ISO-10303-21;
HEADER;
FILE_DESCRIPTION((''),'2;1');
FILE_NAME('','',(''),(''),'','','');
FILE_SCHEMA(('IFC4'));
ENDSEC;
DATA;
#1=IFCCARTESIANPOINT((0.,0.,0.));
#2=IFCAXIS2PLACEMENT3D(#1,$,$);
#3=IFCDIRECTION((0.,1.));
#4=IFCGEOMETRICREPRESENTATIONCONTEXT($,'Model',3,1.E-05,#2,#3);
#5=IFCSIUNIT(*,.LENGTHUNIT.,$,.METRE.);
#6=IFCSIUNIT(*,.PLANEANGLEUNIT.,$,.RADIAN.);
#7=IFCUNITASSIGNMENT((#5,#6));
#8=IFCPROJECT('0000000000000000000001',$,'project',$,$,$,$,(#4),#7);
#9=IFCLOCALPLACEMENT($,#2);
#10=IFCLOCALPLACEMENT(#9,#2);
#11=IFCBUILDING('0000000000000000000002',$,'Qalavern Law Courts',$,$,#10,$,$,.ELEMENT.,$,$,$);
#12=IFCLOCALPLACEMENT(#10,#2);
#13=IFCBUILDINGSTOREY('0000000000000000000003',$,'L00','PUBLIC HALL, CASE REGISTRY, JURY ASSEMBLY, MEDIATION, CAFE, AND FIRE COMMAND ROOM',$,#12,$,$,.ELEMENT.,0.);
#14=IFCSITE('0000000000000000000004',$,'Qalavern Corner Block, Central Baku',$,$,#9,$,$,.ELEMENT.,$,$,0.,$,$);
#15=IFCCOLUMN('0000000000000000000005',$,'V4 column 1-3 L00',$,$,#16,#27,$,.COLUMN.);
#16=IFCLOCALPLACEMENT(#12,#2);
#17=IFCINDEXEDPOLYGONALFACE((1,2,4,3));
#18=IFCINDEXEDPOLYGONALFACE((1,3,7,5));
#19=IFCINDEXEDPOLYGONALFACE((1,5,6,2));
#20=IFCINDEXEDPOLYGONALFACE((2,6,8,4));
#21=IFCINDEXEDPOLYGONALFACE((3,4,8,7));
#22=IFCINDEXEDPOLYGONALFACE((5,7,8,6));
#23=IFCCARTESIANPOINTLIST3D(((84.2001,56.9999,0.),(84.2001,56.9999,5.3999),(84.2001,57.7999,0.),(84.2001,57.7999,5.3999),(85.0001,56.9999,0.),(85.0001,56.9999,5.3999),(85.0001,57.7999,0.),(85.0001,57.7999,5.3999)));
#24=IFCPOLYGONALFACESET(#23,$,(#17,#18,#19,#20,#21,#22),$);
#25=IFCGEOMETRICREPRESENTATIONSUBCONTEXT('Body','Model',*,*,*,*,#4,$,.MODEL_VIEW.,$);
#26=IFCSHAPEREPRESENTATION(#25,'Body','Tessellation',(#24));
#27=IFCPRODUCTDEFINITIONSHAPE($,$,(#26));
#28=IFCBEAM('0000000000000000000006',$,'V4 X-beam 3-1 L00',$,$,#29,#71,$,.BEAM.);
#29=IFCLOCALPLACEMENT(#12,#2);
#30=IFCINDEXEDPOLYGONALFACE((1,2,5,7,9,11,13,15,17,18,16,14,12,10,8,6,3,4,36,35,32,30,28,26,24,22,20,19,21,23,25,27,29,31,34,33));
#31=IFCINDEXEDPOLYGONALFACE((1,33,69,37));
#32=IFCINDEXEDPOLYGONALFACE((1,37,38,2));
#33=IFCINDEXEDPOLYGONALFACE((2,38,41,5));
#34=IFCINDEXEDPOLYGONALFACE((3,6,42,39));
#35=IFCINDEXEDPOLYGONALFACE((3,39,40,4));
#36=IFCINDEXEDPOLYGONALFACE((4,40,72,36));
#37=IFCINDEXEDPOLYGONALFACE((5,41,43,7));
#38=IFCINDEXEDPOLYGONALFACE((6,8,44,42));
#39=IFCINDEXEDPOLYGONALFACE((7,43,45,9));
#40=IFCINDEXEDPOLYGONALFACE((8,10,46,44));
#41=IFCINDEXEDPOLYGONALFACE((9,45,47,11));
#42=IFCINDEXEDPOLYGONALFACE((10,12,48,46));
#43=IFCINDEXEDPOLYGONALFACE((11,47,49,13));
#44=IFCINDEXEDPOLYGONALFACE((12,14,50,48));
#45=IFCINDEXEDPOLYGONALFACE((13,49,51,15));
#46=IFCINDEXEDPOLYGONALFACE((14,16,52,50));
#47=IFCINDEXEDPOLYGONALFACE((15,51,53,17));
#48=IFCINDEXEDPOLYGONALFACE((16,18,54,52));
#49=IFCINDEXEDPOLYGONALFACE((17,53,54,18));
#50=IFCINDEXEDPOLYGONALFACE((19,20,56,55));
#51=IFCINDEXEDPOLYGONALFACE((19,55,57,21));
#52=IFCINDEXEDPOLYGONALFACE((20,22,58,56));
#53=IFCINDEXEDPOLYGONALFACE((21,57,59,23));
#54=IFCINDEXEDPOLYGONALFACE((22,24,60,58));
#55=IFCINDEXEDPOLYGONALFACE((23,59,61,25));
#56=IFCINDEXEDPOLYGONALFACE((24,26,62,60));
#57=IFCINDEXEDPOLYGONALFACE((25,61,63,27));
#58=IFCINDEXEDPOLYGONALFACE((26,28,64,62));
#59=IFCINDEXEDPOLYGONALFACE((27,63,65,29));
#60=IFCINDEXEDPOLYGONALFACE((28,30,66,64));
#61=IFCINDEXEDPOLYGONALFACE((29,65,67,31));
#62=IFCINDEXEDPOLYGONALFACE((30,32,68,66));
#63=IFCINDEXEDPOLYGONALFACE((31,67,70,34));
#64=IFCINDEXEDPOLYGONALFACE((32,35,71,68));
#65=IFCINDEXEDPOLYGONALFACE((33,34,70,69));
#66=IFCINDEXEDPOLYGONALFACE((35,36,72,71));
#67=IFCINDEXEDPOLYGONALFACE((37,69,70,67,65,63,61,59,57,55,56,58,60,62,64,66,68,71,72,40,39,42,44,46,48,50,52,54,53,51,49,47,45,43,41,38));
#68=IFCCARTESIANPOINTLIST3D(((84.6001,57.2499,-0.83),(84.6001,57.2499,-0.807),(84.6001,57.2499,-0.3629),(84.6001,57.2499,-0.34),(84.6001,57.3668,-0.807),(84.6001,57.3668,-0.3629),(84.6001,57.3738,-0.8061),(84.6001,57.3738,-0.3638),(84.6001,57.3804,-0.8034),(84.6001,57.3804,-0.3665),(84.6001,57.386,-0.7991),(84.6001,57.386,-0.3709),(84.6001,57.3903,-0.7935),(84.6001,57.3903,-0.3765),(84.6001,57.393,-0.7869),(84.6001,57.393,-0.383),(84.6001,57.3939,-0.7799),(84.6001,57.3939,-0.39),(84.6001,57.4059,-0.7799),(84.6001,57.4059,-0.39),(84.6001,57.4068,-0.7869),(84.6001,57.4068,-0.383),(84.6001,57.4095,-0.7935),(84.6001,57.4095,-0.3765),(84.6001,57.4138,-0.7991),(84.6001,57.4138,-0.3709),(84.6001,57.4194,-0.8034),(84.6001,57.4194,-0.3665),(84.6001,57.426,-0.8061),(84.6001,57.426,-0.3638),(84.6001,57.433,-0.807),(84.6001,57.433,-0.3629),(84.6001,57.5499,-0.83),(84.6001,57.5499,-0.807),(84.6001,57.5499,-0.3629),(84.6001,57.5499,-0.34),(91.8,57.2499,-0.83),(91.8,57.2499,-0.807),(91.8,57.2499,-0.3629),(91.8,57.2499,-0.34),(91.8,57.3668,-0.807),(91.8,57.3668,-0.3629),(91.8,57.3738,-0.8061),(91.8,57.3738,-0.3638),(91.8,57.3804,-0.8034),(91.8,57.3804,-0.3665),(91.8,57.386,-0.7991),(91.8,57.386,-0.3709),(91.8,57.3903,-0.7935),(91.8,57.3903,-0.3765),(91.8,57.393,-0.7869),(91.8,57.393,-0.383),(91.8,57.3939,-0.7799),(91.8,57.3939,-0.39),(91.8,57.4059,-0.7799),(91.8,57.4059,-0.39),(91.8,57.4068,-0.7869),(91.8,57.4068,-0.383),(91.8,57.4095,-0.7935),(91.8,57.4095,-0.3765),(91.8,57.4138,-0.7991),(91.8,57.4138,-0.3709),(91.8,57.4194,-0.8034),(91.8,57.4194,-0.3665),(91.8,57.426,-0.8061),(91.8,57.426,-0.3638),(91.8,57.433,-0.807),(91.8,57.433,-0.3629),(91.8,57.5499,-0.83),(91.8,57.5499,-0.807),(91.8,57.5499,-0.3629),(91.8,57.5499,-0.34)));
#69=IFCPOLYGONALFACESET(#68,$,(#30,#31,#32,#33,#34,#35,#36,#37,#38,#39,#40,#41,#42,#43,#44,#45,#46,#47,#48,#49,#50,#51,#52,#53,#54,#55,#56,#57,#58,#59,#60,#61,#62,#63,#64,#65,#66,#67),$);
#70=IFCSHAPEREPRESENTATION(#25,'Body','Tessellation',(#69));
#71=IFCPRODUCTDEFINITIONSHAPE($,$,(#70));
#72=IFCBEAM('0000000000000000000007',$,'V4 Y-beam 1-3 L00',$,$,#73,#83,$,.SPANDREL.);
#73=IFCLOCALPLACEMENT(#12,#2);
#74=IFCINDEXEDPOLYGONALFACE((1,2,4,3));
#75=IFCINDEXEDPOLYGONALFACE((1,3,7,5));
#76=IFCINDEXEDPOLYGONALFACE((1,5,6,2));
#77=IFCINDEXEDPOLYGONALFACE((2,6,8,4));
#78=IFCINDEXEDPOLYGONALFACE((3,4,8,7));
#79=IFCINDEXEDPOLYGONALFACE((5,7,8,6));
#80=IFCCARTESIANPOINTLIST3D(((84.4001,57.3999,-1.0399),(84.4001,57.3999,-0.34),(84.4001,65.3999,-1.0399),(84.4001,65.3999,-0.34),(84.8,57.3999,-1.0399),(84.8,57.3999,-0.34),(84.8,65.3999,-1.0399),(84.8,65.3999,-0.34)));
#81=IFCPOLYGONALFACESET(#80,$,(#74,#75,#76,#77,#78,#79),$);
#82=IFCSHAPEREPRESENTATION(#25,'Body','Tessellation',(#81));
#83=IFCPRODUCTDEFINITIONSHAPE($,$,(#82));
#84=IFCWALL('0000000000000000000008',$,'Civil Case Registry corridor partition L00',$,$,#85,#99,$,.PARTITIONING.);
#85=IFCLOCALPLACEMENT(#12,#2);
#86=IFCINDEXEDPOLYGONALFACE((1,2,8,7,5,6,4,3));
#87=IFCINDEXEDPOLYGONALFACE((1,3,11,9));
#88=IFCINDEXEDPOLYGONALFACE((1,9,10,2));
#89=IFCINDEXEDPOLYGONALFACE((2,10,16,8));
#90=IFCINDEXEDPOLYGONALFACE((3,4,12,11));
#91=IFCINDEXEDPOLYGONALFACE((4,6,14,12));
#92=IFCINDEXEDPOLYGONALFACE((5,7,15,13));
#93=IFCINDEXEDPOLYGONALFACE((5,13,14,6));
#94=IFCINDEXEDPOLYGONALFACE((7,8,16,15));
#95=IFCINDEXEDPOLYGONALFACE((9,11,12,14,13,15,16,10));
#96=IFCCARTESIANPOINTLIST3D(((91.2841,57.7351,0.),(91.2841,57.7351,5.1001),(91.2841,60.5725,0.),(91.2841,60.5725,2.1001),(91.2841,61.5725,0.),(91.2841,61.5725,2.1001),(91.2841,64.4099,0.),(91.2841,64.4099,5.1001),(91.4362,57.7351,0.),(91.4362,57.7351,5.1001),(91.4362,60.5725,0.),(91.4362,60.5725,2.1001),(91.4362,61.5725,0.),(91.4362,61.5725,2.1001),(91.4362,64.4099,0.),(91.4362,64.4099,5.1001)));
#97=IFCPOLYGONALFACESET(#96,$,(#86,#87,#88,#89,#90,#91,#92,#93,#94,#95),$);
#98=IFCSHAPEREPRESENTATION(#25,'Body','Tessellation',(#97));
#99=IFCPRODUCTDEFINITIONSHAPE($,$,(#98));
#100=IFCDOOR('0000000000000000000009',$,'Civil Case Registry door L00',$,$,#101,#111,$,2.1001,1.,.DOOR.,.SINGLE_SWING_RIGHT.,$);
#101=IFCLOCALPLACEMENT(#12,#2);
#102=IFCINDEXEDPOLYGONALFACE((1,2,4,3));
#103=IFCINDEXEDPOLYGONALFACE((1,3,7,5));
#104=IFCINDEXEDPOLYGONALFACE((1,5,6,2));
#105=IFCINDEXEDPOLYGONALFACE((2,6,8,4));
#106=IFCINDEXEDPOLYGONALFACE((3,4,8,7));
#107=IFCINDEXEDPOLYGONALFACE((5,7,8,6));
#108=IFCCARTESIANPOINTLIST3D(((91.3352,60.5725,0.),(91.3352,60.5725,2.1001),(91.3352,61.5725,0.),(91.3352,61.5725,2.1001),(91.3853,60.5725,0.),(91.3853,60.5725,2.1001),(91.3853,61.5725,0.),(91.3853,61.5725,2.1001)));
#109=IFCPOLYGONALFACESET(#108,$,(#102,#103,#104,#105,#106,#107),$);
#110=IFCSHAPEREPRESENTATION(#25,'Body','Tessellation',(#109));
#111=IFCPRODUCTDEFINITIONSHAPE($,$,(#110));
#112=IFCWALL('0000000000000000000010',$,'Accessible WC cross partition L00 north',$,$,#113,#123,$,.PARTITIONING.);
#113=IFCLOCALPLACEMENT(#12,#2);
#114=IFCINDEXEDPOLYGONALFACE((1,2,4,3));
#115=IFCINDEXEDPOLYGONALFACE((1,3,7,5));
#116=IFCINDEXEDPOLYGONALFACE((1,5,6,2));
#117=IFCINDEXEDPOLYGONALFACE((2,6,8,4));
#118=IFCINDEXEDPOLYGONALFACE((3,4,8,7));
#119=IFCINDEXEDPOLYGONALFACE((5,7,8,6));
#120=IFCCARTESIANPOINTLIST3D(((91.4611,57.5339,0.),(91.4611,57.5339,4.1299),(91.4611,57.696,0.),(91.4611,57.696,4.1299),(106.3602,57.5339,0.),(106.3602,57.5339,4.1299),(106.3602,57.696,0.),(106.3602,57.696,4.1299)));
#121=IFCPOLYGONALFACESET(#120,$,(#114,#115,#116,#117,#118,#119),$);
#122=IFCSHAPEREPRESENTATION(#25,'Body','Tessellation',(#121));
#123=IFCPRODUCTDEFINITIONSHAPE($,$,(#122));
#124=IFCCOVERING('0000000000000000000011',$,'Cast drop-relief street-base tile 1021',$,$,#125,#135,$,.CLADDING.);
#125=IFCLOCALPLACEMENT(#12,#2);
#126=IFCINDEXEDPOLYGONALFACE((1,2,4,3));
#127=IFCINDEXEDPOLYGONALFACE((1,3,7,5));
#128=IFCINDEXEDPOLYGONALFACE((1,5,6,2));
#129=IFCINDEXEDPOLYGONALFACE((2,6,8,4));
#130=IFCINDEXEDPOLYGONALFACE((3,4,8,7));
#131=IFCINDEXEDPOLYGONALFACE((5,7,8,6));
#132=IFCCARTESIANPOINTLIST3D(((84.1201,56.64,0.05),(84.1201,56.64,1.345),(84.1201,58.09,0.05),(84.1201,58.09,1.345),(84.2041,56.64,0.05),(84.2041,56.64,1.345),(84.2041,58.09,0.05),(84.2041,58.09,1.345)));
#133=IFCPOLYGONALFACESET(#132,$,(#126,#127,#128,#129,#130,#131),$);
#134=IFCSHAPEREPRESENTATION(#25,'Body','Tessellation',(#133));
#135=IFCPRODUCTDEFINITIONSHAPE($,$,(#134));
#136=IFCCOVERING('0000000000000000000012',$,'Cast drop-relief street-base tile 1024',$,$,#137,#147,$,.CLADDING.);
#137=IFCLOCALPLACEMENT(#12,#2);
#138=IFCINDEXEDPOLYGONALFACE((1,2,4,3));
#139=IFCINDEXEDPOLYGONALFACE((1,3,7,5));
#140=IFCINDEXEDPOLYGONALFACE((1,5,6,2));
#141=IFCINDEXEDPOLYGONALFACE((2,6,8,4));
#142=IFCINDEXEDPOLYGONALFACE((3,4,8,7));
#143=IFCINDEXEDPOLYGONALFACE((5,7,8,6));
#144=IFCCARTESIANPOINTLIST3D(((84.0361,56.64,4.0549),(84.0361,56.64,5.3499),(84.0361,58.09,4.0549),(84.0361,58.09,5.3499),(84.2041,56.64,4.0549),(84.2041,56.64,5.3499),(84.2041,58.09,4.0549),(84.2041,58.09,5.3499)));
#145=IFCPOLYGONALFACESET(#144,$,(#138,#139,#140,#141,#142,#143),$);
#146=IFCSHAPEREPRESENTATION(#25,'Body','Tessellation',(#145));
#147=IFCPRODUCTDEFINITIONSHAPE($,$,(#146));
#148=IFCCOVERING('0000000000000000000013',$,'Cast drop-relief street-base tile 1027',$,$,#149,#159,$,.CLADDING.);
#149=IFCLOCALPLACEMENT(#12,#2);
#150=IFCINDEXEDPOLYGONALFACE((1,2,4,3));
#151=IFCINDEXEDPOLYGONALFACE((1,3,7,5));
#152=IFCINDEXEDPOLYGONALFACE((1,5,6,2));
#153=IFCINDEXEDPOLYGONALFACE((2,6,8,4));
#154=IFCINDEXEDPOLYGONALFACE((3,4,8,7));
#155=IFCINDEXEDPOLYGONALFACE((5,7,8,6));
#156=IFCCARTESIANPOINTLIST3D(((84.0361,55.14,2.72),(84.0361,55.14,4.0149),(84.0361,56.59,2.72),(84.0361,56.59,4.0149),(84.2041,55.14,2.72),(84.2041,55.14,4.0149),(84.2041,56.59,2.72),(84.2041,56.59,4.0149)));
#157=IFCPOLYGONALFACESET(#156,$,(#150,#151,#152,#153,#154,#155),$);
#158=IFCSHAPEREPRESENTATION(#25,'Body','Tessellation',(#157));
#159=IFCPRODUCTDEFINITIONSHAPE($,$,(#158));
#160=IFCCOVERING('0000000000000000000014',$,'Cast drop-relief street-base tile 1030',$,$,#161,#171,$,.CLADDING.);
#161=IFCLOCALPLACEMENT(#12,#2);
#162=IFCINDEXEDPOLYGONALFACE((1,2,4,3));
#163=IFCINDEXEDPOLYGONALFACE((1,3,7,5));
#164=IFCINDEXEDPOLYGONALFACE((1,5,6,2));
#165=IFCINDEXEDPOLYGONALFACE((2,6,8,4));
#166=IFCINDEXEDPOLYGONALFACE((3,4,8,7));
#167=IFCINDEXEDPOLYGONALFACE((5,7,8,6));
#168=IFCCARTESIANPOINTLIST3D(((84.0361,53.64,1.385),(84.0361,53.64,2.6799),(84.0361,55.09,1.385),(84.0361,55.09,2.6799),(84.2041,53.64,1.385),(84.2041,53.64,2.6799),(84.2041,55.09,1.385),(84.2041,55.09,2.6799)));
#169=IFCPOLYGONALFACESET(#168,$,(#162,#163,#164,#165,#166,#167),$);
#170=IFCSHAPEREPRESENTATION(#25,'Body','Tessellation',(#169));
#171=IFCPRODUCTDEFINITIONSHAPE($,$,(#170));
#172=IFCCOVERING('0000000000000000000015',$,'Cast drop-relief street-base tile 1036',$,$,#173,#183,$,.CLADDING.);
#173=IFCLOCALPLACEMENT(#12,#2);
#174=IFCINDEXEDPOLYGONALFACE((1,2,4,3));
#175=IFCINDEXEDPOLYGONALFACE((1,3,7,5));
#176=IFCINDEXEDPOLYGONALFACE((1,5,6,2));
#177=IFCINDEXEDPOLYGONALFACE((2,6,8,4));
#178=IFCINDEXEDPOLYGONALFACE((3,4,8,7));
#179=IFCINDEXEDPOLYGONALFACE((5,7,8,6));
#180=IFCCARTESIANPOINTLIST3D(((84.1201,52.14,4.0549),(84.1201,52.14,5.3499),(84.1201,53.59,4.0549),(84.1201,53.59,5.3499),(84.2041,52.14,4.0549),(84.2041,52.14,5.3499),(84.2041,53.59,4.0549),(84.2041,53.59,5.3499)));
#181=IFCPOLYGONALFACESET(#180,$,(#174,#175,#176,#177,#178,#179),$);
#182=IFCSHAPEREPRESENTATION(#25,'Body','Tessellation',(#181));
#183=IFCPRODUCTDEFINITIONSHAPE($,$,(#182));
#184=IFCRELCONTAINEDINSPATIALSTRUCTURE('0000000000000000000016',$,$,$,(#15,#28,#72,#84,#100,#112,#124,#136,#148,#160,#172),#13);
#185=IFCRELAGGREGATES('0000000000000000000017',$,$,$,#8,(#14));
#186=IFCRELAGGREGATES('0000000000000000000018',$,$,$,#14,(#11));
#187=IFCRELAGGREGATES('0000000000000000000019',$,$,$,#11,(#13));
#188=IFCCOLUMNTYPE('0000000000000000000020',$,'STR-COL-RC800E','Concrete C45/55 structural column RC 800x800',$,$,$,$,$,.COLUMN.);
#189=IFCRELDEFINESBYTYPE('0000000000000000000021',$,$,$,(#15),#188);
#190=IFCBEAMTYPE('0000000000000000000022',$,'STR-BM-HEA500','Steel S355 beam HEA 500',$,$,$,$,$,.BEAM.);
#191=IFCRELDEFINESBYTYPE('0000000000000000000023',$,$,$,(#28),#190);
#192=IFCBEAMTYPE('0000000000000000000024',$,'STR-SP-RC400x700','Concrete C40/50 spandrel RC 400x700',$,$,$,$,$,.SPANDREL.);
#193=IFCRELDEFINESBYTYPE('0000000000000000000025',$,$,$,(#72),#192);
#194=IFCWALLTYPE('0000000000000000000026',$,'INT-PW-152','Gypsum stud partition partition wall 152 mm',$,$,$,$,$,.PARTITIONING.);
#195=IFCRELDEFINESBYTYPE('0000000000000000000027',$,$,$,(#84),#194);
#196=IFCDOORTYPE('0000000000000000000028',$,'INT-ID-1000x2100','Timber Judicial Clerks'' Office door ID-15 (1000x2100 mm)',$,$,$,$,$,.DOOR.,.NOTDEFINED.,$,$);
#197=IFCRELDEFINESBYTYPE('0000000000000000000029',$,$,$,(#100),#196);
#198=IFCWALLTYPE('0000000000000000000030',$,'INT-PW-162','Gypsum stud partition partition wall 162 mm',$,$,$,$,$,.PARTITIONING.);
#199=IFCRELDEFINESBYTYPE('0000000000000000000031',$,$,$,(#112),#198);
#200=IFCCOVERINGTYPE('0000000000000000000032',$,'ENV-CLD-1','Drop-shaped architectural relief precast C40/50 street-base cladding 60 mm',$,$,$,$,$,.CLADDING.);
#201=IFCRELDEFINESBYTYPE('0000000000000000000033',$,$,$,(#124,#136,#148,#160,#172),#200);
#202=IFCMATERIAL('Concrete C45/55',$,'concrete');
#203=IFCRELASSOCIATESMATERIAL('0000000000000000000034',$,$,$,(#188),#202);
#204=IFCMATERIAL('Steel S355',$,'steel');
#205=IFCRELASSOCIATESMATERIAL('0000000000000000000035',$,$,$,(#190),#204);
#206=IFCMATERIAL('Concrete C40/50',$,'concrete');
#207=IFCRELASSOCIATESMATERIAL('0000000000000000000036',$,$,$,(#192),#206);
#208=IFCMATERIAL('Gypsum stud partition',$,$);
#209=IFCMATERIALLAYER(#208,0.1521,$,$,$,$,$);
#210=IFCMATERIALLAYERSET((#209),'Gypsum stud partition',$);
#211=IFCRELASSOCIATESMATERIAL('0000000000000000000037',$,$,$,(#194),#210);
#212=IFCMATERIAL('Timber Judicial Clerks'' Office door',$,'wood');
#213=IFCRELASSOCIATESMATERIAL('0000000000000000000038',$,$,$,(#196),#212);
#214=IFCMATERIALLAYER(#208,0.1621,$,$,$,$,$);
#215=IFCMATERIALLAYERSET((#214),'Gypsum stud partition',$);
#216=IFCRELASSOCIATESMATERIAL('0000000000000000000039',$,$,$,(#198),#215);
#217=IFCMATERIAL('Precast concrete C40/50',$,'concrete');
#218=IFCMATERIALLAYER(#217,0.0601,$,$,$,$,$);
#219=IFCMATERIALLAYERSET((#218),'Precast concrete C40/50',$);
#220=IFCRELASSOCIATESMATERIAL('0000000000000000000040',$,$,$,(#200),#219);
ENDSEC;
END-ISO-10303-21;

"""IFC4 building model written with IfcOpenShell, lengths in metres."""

from ifc_helpers import new_model, si_unit, direction, frame, frame_2d, origin, origin_2d, place, context, subcontext, project, spatial, rectangle, i_section, extrude, material, layer, layer_set, material_profile, profile_set, type_object, element, fill, save


model = new_model("IFC4")

# Units and contexts
model_context = context("Model", 3, precision=1e-05, world=origin(), true_north=direction((0.0, 1.0)))
body_context = subcontext(model_context, "Body", "Model", "MODEL_VIEW")
ifc_project = project(units=[si_unit("LENGTHUNIT", "METRE"), si_unit("PLANEANGLEUNIT", "RADIAN")], contexts=[model_context])

# Site, building, storey
site_placement = place(None, origin())
site = spatial("IfcSite", under=ifc_project, at=site_placement, Name="Qalavern Corner Block, Central Baku", CompositionType="ELEMENT", RefElevation=0.0)
building_placement = place(site_placement, origin())
building = spatial("IfcBuilding", under=site, at=building_placement, Name="Qalavern Law Courts", CompositionType="ELEMENT")
storey_placement = place(building_placement, origin())
storey = spatial("IfcBuildingStorey", under=building, at=storey_placement, Name="L00", Description="PUBLIC HALL, CASE REGISTRY, JURY ASSEMBLY, MEDIATION, CAFE, AND FIRE COMMAND ROOM", CompositionType="ELEMENT", Elevation=0.0)

# Column
ifc_material_1 = material(Name="Concrete C45/55", Category="concrete")
ifc_material_profile_1 = material_profile(ifc_material_1, rectangle(XDim=0.8, YDim=0.8, at=origin_2d()), Name="RC 800x800")
ifc_profile_set_1 = profile_set([ifc_material_profile_1], Name="Concrete C45/55")
column_type = type_object("IfcColumnType", Name="STR-COL-RC800E", Description="Concrete C45/55 structural column RC 800x800", PredefinedType="COLUMN", material=ifc_profile_set_1)
column_placement = place(storey_placement, frame((84.6001, 57.3999, 0.0), z_axis=(0.0, 0.0, 1.0), x_axis=(1.0, 0.0, 0.0)))
element("IfcColumn", 1, at=column_placement, inside=storey, type_object=column_type, Name="V4 column 1-3 L00", PredefinedType="COLUMN", context=body_context, shape_type="SweptSolid", body=[
    extrude(rectangle(XDim=0.8, YDim=0.8, at=origin_2d()), origin(), (0.0, 0.0, 1.0), 5.3999),
])

# Beams
ifc_material_2 = material(Name="Steel S355", Category="steel")
ifc_material_profile_2 = material_profile(ifc_material_2, i_section(OverallWidth=0.3, OverallDepth=0.49, WebThickness=0.012, FlangeThickness=0.0229, FilletRadius=0.0271, at=origin_2d()), Name="HEA 500")
ifc_profile_set_2 = profile_set([ifc_material_profile_2], Name="Steel S355")
beam_type_1 = type_object("IfcBeamType", Name="STR-BM-HEA500", Description="Steel S355 beam HEA 500", PredefinedType="BEAM", material=ifc_profile_set_2)
beam_1_placement = place(storey_placement, frame((84.6001, 57.3999, -0.585), z_axis=(1.0, 0.0, 0.0), x_axis=(0.0, 1.0, 0.0)))
element("IfcBeam", 2, at=beam_1_placement, inside=storey, type_object=beam_type_1, Name="V4 X-beam 3-1 L00", PredefinedType="BEAM", context=body_context, shape_type="SweptSolid", body=[
    extrude(i_section(OverallWidth=0.3, OverallDepth=0.49, WebThickness=0.012, FlangeThickness=0.0229, FilletRadius=0.0271, at=origin_2d()), origin(), (0.0, 0.0, 1.0), 7.2),
])
ifc_material_3 = material(Name="Concrete C40/50", Category="concrete")
ifc_material_profile_3 = material_profile(ifc_material_3, rectangle(XDim=0.3999, YDim=0.7, at=origin_2d()), Name="RC 400x700")
ifc_profile_set_3 = profile_set([ifc_material_profile_3], Name="Concrete C40/50")
beam_type_2 = type_object("IfcBeamType", Name="STR-SP-RC400x700", Description="Concrete C40/50 spandrel RC 400x700", PredefinedType="SPANDREL", material=ifc_profile_set_3)
beam_2_placement = place(storey_placement, frame((84.6001, 57.3999, -0.6899), z_axis=(0.0, 1.0, 0.0), x_axis=(-1.0, 0.0, 0.0)))
element("IfcBeam", 3, at=beam_2_placement, inside=storey, type_object=beam_type_2, Name="V4 Y-beam 1-3 L00", PredefinedType="SPANDREL", context=body_context, shape_type="SweptSolid", body=[
    extrude(rectangle(XDim=0.3999, YDim=0.7, at=origin_2d()), origin(), (0.0, 0.0, 1.0), 8.0),
])

# Wall, opening, door
ifc_material_4 = material(Name="Gypsum stud partition")
ifc_layer_1 = layer(ifc_material_4, 0.1521)
ifc_layer_set_1 = layer_set([ifc_layer_1], Name="Gypsum stud partition")
wall_type_1 = type_object("IfcWallType", Name="INT-PW-152", Description="Gypsum stud partition partition wall 152 mm", PredefinedType="PARTITIONING", material=ifc_layer_set_1)
wall_1_placement = place(storey_placement, frame((91.3601, 57.7351, 0.0), z_axis=(0.0, 0.0, 1.0), x_axis=(0.0, 1.0, 0.0)))
wall_1 = element("IfcWall", 4, at=wall_1_placement, inside=storey, type_object=wall_type_1, Name="Civil Case Registry corridor partition L00", PredefinedType="PARTITIONING", context=body_context, shape_type="SweptSolid", body=[
    extrude(rectangle(XDim=6.6748, YDim=0.1521, at=frame_2d((3.3374, 0.0))), origin(), (0.0, 0.0, 1.0), 5.1001),
])
opening_placement = place(wall_1_placement, frame((2.8374, 0.0, 0.0)))
opening = element("IfcOpeningElement", 5, at=opening_placement, cuts=wall_1, PredefinedType="OPENING", context=body_context, shape_type="SweptSolid", body=[
    extrude(rectangle(XDim=1.0, YDim=2.1001, at=frame_2d((0.5, 1.05))), frame((0.0, 0.0908, 0.0), z_axis=(0.0, -1.0, 0.0), x_axis=(1.0, 0.0, 0.0)), (0.0, 0.0, 1.0), 0.1819),
])
ifc_material_5 = material(Name="Timber Judicial Clerks' Office door", Category="wood")
door_type = type_object("IfcDoorType", Name="INT-ID-1000x2100", Description="Timber Judicial Clerks' Office door ID-15 (1000x2100 mm)", OperationType="NOTDEFINED", PredefinedType="DOOR", material=ifc_material_5)
door_placement = place(opening_placement, origin())
door = element("IfcDoor", 6, at=door_placement, inside=storey, type_object=door_type, Name="Civil Case Registry door L00", OperationType="SINGLE_SWING_RIGHT", OverallHeight=2.1001, OverallWidth=1.0, PredefinedType="DOOR", context=body_context, shape_type="SweptSolid", body=[
    extrude(rectangle(XDim=1.0, YDim=2.1001, at=frame_2d((0.5, 1.05))), frame((0.0, 0.0249, 0.0), z_axis=(0.0, -1.0, 0.0), x_axis=(1.0, 0.0, 0.0)), (0.0, 0.0, 1.0), 0.05),
])
fill(opening, door)

# Wall
ifc_layer_2 = layer(ifc_material_4, 0.1621)
ifc_layer_set_2 = layer_set([ifc_layer_2], Name="Gypsum stud partition")
wall_type_2 = type_object("IfcWallType", Name="INT-PW-162", Description="Gypsum stud partition partition wall 162 mm", PredefinedType="PARTITIONING", material=ifc_layer_set_2)
wall_2_placement = place(storey_placement, frame((91.4609, 57.615, 0.0), z_axis=(0.0, 0.0, 1.0), x_axis=(1.0, 0.0, 0.0)))
element("IfcWall", 7, at=wall_2_placement, inside=storey, type_object=wall_type_2, Name="Accessible WC cross partition L00 north", PredefinedType="PARTITIONING", context=body_context, shape_type="SweptSolid", body=[
    extrude(rectangle(XDim=14.8992, YDim=0.1621, at=frame_2d((7.4497, 0.0))), origin(), (0.0, 0.0, 1.0), 4.1299),
])

# Coverings
ifc_material_6 = material(Name="Precast concrete C40/50", Category="concrete")
ifc_layer_3 = layer(ifc_material_6, 0.0601)
ifc_layer_set_3 = layer_set([ifc_layer_3], Name="Precast concrete C40/50")
covering_type_1 = type_object("IfcCoveringType", Name="ENV-CLD-1", Description="Drop-shaped architectural relief precast C40/50 street-base cladding 60 mm", PredefinedType="CLADDING", material=ifc_layer_set_3)
covering_1_placement = place(storey_placement, frame((84.1621, 57.365, 0.05), z_axis=(0.0, 0.0, 1.0), x_axis=(0.0, -1.0, 0.0)))
element("IfcCovering", 8, at=covering_1_placement, inside=storey, type_object=covering_type_1, Name="Cast drop-relief street-base tile 1021", PredefinedType="CLADDING", context=body_context, shape_type="SweptSolid", body=[
    extrude(rectangle(XDim=1.45, YDim=0.084, at=origin_2d()), origin(), (0.0, 0.0, 1.0), 1.2949),
])
for number, where, z_axis, x_axis, name in (
    (9, (84.1201, 57.365, 4.0549), (0.0, 0.0, 1.0), (0.0, -1.0, 0.0), "Cast drop-relief street-base tile 1024"),
    (10, (84.1201, 55.865, 2.72), (0.0, 0.0, 1.0), (0.0, -1.0, 0.0), "Cast drop-relief street-base tile 1027"),
    (11, (84.1201, 54.365, 1.385), (0.0, 0.0, 1.0), (0.0, -1.0, 0.0), "Cast drop-relief street-base tile 1030"),
):
    element("IfcCovering", number, at=place(storey_placement, frame(where, z_axis=z_axis, x_axis=x_axis)), inside=storey, type_object=covering_type_1, Name=name, PredefinedType="CLADDING", context=body_context, shape_type="SweptSolid", body=[
        extrude(rectangle(XDim=1.45, YDim=0.168, at=origin_2d()), origin(), (0.0, 0.0, 1.0), 1.2949),
    ])
covering_2_placement = place(storey_placement, frame((84.1621, 52.865, 4.0549), z_axis=(0.0, 0.0, 1.0), x_axis=(0.0, -1.0, 0.0)))
element("IfcCovering", 12, at=covering_2_placement, inside=storey, type_object=covering_type_1, Name="Cast drop-relief street-base tile 1036", PredefinedType="CLADDING", context=body_context, shape_type="SweptSolid", body=[
    extrude(rectangle(XDim=1.45, YDim=0.084, at=origin_2d()), origin(), (0.0, 0.0, 1.0), 1.2949),
])

save(model, "model.ifc")
